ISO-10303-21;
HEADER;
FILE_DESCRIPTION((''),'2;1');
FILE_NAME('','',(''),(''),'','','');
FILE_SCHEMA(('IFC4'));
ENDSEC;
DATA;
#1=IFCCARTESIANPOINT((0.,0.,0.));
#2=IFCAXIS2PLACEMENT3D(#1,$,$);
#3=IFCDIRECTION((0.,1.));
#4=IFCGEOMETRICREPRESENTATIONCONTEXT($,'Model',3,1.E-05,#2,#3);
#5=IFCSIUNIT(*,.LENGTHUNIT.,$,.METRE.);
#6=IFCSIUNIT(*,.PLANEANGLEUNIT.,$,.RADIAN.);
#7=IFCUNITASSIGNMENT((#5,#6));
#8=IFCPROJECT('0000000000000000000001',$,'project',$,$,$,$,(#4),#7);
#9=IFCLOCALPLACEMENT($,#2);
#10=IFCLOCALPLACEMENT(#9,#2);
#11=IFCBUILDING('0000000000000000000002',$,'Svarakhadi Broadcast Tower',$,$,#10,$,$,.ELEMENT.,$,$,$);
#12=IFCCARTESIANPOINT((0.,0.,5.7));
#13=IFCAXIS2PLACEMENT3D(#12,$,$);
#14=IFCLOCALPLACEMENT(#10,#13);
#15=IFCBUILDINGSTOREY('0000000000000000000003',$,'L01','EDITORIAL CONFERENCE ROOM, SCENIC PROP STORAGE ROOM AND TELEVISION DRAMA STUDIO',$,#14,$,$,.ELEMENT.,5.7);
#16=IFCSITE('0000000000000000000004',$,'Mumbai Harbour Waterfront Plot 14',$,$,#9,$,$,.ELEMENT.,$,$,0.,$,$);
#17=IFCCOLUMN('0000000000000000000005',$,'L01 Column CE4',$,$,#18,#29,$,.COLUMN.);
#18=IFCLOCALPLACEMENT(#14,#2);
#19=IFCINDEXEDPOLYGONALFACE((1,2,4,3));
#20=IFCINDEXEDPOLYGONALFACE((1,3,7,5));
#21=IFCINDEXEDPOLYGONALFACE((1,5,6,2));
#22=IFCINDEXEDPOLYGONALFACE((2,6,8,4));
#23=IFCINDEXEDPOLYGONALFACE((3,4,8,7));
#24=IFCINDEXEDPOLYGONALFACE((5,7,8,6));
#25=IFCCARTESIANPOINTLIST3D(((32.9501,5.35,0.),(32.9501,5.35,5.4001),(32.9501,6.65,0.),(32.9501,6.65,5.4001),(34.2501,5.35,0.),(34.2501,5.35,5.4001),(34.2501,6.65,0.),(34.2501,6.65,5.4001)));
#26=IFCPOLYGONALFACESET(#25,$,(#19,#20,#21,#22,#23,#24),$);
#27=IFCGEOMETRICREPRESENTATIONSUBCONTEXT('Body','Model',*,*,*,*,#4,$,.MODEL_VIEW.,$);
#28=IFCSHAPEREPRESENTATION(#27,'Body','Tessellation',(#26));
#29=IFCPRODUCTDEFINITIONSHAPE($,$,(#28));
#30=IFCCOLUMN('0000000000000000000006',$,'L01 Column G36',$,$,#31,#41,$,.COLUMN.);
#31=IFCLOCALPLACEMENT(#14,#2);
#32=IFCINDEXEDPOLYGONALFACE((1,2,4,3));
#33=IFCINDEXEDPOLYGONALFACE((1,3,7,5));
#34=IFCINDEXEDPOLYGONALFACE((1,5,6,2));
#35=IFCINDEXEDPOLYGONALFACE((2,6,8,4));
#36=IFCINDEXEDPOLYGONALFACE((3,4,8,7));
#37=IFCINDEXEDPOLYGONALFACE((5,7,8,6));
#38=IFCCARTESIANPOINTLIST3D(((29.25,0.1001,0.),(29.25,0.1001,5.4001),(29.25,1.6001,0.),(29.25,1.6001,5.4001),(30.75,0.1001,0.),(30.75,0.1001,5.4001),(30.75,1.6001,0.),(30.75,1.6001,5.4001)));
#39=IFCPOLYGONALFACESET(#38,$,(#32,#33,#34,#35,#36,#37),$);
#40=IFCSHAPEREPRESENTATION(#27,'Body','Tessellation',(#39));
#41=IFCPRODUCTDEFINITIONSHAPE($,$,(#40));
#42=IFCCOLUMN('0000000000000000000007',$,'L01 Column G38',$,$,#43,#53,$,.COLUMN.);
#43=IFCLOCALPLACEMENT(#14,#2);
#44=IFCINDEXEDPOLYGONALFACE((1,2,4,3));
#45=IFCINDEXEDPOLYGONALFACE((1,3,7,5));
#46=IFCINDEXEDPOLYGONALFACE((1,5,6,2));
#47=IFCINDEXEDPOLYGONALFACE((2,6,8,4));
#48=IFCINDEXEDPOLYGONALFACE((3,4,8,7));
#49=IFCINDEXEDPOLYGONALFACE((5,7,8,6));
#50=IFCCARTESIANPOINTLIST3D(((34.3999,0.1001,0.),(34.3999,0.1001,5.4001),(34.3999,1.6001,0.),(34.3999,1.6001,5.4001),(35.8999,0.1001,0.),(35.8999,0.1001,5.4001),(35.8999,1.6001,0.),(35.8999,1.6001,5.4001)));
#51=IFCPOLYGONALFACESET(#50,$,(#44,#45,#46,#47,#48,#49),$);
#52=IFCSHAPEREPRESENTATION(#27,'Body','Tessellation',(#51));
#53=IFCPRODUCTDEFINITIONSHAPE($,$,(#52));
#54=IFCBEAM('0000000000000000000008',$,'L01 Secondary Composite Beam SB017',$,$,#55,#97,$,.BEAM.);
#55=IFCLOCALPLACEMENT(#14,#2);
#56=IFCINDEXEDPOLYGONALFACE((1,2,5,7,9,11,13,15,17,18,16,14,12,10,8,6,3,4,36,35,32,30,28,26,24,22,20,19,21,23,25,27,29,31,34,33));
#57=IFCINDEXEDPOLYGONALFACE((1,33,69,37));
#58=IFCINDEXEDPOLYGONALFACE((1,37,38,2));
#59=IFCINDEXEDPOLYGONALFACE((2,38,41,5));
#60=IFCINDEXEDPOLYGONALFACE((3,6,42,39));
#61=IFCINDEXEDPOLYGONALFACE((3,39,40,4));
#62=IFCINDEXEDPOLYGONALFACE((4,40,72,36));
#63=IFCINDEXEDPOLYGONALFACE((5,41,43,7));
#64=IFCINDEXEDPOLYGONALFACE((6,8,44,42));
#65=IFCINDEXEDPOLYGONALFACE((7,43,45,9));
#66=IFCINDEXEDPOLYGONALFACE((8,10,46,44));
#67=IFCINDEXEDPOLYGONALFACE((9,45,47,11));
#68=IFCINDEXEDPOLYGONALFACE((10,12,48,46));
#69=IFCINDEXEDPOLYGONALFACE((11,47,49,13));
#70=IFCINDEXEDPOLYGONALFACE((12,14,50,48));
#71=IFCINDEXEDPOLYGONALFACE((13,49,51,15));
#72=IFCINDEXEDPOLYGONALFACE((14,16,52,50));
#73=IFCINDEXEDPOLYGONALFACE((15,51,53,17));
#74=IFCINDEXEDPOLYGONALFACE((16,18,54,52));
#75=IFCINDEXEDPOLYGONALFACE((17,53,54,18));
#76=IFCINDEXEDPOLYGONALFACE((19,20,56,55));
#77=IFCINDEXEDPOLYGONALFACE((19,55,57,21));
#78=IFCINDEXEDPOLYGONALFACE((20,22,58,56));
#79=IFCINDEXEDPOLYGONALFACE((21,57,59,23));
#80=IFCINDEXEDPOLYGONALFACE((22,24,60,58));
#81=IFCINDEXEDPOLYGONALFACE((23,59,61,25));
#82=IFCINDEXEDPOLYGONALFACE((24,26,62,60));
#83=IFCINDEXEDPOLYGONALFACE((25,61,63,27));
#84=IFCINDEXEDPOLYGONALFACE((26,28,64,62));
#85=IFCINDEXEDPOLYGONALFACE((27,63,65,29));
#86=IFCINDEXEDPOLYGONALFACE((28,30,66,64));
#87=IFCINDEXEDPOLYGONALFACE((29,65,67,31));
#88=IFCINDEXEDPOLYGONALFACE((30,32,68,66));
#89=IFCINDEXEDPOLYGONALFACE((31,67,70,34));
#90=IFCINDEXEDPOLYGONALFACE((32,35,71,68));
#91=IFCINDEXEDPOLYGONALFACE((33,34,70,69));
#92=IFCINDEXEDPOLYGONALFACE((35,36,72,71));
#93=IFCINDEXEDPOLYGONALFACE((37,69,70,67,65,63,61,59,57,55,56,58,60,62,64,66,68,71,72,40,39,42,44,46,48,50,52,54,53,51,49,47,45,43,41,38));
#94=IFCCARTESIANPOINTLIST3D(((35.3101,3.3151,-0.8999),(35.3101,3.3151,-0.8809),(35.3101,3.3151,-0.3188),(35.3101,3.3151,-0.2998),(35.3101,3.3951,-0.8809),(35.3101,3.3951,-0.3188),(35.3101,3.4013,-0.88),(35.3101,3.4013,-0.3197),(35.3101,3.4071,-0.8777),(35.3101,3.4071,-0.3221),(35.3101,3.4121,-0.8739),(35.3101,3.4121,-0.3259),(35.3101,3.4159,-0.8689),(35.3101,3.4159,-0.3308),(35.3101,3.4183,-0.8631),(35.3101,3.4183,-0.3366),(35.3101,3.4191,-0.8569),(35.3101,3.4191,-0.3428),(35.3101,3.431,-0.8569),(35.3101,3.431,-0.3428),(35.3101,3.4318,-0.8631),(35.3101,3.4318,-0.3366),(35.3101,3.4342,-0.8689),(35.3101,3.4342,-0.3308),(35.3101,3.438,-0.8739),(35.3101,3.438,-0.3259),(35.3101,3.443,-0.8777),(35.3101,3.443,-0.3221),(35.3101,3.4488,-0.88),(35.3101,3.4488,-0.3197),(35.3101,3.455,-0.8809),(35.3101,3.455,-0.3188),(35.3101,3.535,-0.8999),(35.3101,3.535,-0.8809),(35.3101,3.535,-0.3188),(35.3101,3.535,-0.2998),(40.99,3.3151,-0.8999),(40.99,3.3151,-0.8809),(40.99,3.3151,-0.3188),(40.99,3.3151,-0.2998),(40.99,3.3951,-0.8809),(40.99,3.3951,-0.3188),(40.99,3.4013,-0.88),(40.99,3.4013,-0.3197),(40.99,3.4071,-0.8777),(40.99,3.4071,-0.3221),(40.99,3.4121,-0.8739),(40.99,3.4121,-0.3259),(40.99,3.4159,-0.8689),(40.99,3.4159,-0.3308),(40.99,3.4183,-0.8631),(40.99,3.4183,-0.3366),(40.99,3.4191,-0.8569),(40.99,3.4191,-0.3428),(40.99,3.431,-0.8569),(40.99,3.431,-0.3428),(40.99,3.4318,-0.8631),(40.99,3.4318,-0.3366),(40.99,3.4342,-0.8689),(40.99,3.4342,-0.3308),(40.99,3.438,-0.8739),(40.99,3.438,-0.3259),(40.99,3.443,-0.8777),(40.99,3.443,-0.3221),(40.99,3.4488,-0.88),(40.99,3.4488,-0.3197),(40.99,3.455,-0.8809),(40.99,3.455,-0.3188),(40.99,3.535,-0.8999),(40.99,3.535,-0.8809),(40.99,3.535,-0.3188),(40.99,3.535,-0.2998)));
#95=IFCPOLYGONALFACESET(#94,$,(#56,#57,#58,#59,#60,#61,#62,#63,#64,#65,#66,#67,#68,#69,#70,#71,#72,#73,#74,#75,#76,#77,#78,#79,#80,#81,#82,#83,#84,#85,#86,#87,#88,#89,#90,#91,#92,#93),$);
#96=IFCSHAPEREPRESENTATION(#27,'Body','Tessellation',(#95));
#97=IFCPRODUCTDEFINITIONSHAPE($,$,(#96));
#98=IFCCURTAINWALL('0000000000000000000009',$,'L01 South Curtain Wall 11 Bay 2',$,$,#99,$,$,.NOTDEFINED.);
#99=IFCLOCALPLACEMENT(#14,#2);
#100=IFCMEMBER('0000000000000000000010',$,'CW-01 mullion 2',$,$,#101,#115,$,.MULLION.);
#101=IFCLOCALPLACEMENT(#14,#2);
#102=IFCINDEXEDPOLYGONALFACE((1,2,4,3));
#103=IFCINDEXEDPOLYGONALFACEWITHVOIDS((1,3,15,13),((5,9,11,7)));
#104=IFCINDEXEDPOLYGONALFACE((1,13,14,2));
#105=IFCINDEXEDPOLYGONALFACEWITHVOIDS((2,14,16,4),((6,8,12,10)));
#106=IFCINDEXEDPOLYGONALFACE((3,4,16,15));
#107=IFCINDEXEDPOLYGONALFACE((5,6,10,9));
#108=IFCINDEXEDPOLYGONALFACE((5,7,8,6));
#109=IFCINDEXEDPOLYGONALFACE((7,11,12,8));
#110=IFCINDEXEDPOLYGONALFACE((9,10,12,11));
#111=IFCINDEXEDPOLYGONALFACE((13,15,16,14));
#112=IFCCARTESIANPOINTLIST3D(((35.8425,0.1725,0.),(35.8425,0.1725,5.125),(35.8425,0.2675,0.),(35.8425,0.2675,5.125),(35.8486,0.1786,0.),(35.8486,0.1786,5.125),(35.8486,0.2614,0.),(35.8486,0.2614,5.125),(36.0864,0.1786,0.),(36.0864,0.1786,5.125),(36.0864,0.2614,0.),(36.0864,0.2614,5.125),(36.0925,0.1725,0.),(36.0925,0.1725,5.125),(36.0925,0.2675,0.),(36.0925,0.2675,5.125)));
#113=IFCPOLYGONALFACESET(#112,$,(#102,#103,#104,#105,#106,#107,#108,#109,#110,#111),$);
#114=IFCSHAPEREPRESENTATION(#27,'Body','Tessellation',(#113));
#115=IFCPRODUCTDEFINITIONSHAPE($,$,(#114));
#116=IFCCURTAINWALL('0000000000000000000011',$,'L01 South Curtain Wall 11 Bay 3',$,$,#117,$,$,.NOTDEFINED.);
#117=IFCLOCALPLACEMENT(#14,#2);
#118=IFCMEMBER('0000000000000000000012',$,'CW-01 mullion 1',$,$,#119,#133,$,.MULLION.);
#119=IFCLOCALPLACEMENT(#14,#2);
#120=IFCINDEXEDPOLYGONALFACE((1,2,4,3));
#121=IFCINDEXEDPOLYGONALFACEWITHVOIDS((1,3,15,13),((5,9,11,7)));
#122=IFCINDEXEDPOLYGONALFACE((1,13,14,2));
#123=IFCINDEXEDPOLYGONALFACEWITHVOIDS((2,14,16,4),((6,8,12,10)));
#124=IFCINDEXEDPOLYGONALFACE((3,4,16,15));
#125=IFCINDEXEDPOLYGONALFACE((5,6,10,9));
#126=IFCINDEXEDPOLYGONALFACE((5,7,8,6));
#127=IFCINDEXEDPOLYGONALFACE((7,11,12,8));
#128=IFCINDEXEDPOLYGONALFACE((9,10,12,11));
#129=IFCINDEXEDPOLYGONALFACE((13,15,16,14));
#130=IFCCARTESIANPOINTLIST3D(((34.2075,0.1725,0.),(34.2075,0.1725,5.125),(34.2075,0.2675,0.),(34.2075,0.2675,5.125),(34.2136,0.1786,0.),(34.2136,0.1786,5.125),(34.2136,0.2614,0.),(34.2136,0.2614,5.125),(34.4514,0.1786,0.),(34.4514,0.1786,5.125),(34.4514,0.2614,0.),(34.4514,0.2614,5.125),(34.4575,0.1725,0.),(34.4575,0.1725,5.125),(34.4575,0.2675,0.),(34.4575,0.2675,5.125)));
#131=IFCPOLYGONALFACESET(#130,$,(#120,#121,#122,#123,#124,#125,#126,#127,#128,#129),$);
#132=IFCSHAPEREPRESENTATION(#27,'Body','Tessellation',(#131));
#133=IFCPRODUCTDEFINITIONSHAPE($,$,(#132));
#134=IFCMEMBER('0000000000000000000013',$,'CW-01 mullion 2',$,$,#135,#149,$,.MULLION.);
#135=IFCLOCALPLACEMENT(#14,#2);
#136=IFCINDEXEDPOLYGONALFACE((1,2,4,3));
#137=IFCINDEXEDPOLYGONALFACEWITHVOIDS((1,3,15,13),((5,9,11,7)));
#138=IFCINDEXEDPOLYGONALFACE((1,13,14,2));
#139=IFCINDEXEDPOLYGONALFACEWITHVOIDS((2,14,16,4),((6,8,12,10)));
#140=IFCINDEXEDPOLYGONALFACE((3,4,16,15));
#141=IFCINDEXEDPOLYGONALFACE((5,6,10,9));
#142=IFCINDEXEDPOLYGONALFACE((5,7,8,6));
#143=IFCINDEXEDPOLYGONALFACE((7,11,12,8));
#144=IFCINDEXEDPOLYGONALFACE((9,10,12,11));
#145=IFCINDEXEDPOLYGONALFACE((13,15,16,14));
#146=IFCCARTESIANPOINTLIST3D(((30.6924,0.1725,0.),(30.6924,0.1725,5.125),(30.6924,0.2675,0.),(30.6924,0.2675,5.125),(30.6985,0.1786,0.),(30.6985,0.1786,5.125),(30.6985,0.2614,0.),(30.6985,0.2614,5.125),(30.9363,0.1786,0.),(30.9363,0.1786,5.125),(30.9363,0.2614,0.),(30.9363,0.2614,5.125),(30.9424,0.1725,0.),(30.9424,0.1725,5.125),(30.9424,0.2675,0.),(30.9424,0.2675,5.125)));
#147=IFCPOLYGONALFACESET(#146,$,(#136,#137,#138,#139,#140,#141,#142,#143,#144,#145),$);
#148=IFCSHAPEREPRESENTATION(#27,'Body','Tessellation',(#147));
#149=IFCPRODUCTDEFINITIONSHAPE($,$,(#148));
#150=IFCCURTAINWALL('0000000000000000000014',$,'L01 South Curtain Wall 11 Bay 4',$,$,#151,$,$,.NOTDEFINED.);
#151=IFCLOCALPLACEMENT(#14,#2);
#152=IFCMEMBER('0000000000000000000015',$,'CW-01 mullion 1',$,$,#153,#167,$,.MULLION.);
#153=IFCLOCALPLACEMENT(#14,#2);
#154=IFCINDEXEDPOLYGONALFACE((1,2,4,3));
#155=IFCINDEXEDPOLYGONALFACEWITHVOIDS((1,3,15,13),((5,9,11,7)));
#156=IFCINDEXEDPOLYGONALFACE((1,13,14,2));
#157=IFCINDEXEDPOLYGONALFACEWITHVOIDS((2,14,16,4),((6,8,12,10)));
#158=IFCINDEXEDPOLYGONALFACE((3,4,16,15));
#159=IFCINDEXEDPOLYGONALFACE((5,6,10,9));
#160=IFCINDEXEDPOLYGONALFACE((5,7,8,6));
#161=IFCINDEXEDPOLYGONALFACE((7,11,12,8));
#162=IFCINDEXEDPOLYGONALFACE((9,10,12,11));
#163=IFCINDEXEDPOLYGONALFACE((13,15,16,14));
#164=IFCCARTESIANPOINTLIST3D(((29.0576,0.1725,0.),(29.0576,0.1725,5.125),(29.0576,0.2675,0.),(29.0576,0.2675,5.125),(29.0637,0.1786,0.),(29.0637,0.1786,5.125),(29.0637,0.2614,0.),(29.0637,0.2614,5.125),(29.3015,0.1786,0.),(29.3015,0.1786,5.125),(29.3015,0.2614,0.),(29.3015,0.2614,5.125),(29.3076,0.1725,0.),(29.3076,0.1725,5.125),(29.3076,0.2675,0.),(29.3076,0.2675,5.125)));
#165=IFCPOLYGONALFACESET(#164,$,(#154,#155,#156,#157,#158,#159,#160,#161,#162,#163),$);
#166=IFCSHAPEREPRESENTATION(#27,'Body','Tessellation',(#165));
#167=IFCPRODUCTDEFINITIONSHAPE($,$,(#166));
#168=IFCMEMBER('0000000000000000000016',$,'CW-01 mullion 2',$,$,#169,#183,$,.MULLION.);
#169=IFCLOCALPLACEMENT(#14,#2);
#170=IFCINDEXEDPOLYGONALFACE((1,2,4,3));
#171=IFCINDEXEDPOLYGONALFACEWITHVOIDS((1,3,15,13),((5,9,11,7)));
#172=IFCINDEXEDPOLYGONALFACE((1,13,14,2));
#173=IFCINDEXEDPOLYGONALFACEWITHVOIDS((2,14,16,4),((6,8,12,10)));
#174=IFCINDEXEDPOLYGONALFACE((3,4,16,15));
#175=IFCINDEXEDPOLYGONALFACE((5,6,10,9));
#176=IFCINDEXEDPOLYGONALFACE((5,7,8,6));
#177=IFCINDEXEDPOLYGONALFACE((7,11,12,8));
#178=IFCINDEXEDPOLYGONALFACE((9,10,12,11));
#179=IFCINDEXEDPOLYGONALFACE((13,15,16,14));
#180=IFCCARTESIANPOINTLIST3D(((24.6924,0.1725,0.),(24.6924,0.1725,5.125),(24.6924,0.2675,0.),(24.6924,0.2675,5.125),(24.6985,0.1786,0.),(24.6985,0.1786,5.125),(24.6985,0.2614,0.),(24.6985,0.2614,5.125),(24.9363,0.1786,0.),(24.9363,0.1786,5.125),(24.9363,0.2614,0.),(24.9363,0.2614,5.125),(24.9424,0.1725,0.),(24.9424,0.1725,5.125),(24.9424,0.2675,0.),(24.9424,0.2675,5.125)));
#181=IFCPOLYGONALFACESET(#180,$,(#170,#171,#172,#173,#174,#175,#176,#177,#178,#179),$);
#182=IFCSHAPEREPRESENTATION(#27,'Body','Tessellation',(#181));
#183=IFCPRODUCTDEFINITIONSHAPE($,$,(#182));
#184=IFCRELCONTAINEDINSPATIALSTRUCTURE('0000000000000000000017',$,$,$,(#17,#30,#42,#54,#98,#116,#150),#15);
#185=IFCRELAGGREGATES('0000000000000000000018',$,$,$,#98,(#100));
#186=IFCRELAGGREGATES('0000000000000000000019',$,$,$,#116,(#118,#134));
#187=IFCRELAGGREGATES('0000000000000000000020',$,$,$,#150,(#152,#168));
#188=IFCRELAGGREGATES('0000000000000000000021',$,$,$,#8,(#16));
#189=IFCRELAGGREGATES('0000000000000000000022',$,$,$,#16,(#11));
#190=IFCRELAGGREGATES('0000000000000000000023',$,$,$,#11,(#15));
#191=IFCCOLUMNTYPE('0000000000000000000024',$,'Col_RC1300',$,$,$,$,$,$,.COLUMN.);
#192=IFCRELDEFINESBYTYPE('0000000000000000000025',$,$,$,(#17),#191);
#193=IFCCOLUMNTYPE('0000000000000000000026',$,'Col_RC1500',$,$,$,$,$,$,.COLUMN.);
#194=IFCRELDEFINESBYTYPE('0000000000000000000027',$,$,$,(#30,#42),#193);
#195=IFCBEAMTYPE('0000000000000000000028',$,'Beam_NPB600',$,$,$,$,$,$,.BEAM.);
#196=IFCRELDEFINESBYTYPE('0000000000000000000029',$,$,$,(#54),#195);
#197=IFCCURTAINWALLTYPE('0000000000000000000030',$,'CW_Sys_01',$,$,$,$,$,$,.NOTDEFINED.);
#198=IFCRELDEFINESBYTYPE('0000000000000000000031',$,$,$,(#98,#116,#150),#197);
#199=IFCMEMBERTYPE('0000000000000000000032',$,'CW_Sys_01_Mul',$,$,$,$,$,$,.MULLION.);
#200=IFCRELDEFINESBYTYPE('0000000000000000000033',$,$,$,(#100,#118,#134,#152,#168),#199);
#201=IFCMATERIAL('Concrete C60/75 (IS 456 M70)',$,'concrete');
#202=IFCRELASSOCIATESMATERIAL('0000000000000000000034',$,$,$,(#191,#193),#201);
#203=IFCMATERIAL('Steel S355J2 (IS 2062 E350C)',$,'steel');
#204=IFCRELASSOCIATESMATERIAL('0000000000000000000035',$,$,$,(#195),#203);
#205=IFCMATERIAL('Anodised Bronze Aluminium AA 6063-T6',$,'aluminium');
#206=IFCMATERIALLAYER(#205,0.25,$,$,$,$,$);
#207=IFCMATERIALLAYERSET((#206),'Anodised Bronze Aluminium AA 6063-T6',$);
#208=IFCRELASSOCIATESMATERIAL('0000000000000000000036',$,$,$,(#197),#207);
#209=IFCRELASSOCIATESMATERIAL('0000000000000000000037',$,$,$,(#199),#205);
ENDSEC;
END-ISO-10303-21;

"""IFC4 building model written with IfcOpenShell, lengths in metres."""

from ifc_helpers import new_model, si_unit, direction, frame, origin, origin_2d, place, context, subcontext, project, spatial, rectangle, hollow_rectangle, i_section, extrude, material, layer, layer_set, material_profile, profile_set, type_object, element, aggregate, save


model = new_model("IFC4")

# Units and contexts
model_context = context("Model", 3, precision=1e-05, world=origin(), true_north=direction((0.0, 1.0)))
body_context = subcontext(model_context, "Body", "Model", "MODEL_VIEW")
ifc_project = project(units=[si_unit("LENGTHUNIT", "METRE"), si_unit("PLANEANGLEUNIT", "RADIAN")], contexts=[model_context])

# Site, building, storey
site_placement = place(None, origin())
site = spatial("IfcSite", under=ifc_project, at=site_placement, Name="Mumbai Harbour Waterfront Plot 14", CompositionType="ELEMENT", RefElevation=0.0)
building_placement = place(site_placement, origin())
building = spatial("IfcBuilding", under=site, at=building_placement, Name="Svarakhadi Broadcast Tower", CompositionType="ELEMENT")
storey_placement = place(building_placement, frame((0.0, 0.0, 5.7)))
storey = spatial("IfcBuildingStorey", under=building, at=storey_placement, Name="L01", Description="EDITORIAL CONFERENCE ROOM, SCENIC PROP STORAGE ROOM AND TELEVISION DRAMA STUDIO", CompositionType="ELEMENT", Elevation=5.7)

# Columns
ifc_material_1 = material(Name="Concrete C60/75 (IS 456 M70)", Category="concrete")
ifc_material_profile_1 = material_profile(ifc_material_1, rectangle(XDim=1.3, YDim=1.3, at=origin_2d()), Name="RC 1300x1300")
ifc_profile_set_1 = profile_set([ifc_material_profile_1], Name="Concrete C60/75 (IS 456 M70)")
column_type_1 = type_object("IfcColumnType", Name="Col_RC1300", PredefinedType="COLUMN", material=ifc_profile_set_1)
column_placement = place(storey_placement, frame((33.6001, 6.0, 0.0), z_axis=(0.0, 0.0, 1.0), x_axis=(1.0, 0.0, 0.0)))
element("IfcColumn", 1, at=column_placement, inside=storey, type_object=column_type_1, Name="L01 Column CE4", PredefinedType="COLUMN", context=body_context, shape_type="SweptSolid", body=[
    extrude(rectangle(XDim=1.3, YDim=1.3, at=origin_2d()), origin(), (0.0, 0.0, 1.0), 5.4001),
])
ifc_material_profile_2 = material_profile(ifc_material_1, rectangle(XDim=1.5, YDim=1.5, at=origin_2d()), Name="RC 1500x1500")
ifc_profile_set_2 = profile_set([ifc_material_profile_2], Name="Concrete C60/75 (IS 456 M70)")
column_type_2 = type_object("IfcColumnType", Name="Col_RC1500", PredefinedType="COLUMN", material=ifc_profile_set_2)
for number, where, z_axis, x_axis, name in (
    (2, (30.0, 0.8501, 0.0), (0.0, 0.0, 1.0), (1.0, 0.0, 0.0), "L01 Column G36"),
    (3, (35.1499, 0.8501, 0.0), (0.0, 0.0, 1.0), (1.0, 0.0, 0.0), "L01 Column G38"),
):
    element("IfcColumn", number, at=place(storey_placement, frame(where, z_axis=z_axis, x_axis=x_axis)), inside=storey, type_object=column_type_2, Name=name, PredefinedType="COLUMN", context=body_context, shape_type="SweptSolid", body=[
        extrude(rectangle(XDim=1.5, YDim=1.5, at=origin_2d()), origin(), (0.0, 0.0, 1.0), 5.4001),
    ])

# Beam
ifc_material_2 = material(Name="Steel S355J2 (IS 2062 E350C)", Category="steel")
ifc_material_profile_3 = material_profile(ifc_material_2, i_section(OverallWidth=0.22, OverallDepth=0.6001, WebThickness=0.012, FlangeThickness=0.019, FilletRadius=0.0239, at=origin_2d()), Name="NPB 600x220x122")
ifc_profile_set_3 = profile_set([ifc_material_profile_3], Name="Steel S355J2 (IS 2062 E350C)")
beam_type_1 = type_object("IfcBeamType", Name="Beam_NPB600", PredefinedType="BEAM", material=ifc_profile_set_3)
beam_1_placement = place(storey_placement, frame((35.3101, 3.425, -0.5999), z_axis=(1.0, 0.0, 0.0), x_axis=(0.0, 1.0, 0.0)))
element("IfcBeam", 4, at=beam_1_placement, inside=storey, type_object=beam_type_1, Name="L01 Secondary Composite Beam SB017", PredefinedType="BEAM", context=body_context, shape_type="SweptSolid", body=[
    extrude(i_section(OverallWidth=0.22, OverallDepth=0.6001, WebThickness=0.012, FlangeThickness=0.019, FilletRadius=0.0239, at=origin_2d()), origin(), (0.0, 0.0, 1.0), 5.6799),
])

# Curtain wall, member
ifc_material_3 = material(Name="Anodised Bronze Aluminium AA 6063-T6", Category="aluminium")
ifc_layer_1 = layer(ifc_material_3, 0.25)
ifc_layer_set_1 = layer_set([ifc_layer_1], Name="Anodised Bronze Aluminium AA 6063-T6")
curtain_wall_type = type_object("IfcCurtainWallType", Name="CW_Sys_01", PredefinedType="NOTDEFINED", material=ifc_layer_set_1)
curtain_wall_1_placement = place(storey_placement, origin())
curtain_wall_1 = element("IfcCurtainWall", 5, at=curtain_wall_1_placement, inside=storey, type_object=curtain_wall_type, Name="L01 South Curtain Wall 11 Bay 2", PredefinedType="NOTDEFINED")
ifc_material_profile_4 = material_profile(ifc_material_3, hollow_rectangle(XDim=0.095, YDim=0.25, WallThickness=0.0061, at=origin_2d()), Name="ALU MULLION 250x95x6")
ifc_profile_set_4 = profile_set([ifc_material_profile_4], Name="Anodised Bronze Aluminium AA 6063-T6")
member_type_1 = type_object("IfcMemberType", Name="CW_Sys_01_Mul", PredefinedType="MULLION", material=ifc_profile_set_4)
member_1_placement = place(storey_placement, frame((35.9675, 0.22, 0.0), z_axis=(0.0, 0.0, 1.0), x_axis=(0.0, -1.0, 0.0)))
member_1 = element("IfcMember", 6, at=member_1_placement, type_object=member_type_1, Name="CW-01 mullion 2", PredefinedType="MULLION", context=body_context, shape_type="SweptSolid", body=[
    extrude(hollow_rectangle(XDim=0.095, YDim=0.25, WallThickness=0.0061, at=origin_2d()), origin(), (0.0, 0.0, 1.0), 5.125),
])

# Curtain walls, members
curtain_wall_2_placement = place(storey_placement, origin())
curtain_wall_2 = element("IfcCurtainWall", 7, at=curtain_wall_2_placement, inside=storey, type_object=curtain_wall_type, Name="L01 South Curtain Wall 11 Bay 3", PredefinedType="NOTDEFINED")
member_2_placement = place(storey_placement, frame((34.3325, 0.22, 0.0), z_axis=(0.0, 0.0, 1.0), x_axis=(0.0, -1.0, 0.0)))
member_2 = element("IfcMember", 8, at=member_2_placement, type_object=member_type_1, Name="CW-01 mullion 1", PredefinedType="MULLION", context=body_context, shape_type="SweptSolid", body=[
    extrude(hollow_rectangle(XDim=0.095, YDim=0.25, WallThickness=0.0061, at=origin_2d()), origin(), (0.0, 0.0, 1.0), 5.125),
])
member_3_placement = place(storey_placement, frame((30.8174, 0.22, 0.0), z_axis=(0.0, 0.0, 1.0), x_axis=(0.0, -1.0, 0.0)))
member_3 = element("IfcMember", 9, at=member_3_placement, type_object=member_type_1, Name="CW-01 mullion 2", PredefinedType="MULLION", context=body_context, shape_type="SweptSolid", body=[
    extrude(hollow_rectangle(XDim=0.095, YDim=0.25, WallThickness=0.0061, at=origin_2d()), origin(), (0.0, 0.0, 1.0), 5.125),
])
curtain_wall_3_placement = place(storey_placement, origin())
curtain_wall_3 = element("IfcCurtainWall", 10, at=curtain_wall_3_placement, inside=storey, type_object=curtain_wall_type, Name="L01 South Curtain Wall 11 Bay 4", PredefinedType="NOTDEFINED")
member_4_placement = place(storey_placement, frame((29.1826, 0.22, 0.0), z_axis=(0.0, 0.0, 1.0), x_axis=(0.0, -1.0, 0.0)))
member_4 = element("IfcMember", 11, at=member_4_placement, type_object=member_type_1, Name="CW-01 mullion 1", PredefinedType="MULLION", context=body_context, shape_type="SweptSolid", body=[
    extrude(hollow_rectangle(XDim=0.095, YDim=0.25, WallThickness=0.0061, at=origin_2d()), origin(), (0.0, 0.0, 1.0), 5.125),
])
member_5_placement = place(storey_placement, frame((24.8174, 0.22, 0.0), z_axis=(0.0, 0.0, 1.0), x_axis=(0.0, -1.0, 0.0)))
member_5 = element("IfcMember", 12, at=member_5_placement, type_object=member_type_1, Name="CW-01 mullion 2", PredefinedType="MULLION", context=body_context, shape_type="SweptSolid", body=[
    extrude(hollow_rectangle(XDim=0.095, YDim=0.25, WallThickness=0.0061, at=origin_2d()), origin(), (0.0, 0.0, 1.0), 5.125),
])

aggregate(curtain_wall_1, [member_1])
aggregate(curtain_wall_2, [member_2, member_3])
aggregate(curtain_wall_3, [member_4, member_5])

save(model, "model.ifc")
